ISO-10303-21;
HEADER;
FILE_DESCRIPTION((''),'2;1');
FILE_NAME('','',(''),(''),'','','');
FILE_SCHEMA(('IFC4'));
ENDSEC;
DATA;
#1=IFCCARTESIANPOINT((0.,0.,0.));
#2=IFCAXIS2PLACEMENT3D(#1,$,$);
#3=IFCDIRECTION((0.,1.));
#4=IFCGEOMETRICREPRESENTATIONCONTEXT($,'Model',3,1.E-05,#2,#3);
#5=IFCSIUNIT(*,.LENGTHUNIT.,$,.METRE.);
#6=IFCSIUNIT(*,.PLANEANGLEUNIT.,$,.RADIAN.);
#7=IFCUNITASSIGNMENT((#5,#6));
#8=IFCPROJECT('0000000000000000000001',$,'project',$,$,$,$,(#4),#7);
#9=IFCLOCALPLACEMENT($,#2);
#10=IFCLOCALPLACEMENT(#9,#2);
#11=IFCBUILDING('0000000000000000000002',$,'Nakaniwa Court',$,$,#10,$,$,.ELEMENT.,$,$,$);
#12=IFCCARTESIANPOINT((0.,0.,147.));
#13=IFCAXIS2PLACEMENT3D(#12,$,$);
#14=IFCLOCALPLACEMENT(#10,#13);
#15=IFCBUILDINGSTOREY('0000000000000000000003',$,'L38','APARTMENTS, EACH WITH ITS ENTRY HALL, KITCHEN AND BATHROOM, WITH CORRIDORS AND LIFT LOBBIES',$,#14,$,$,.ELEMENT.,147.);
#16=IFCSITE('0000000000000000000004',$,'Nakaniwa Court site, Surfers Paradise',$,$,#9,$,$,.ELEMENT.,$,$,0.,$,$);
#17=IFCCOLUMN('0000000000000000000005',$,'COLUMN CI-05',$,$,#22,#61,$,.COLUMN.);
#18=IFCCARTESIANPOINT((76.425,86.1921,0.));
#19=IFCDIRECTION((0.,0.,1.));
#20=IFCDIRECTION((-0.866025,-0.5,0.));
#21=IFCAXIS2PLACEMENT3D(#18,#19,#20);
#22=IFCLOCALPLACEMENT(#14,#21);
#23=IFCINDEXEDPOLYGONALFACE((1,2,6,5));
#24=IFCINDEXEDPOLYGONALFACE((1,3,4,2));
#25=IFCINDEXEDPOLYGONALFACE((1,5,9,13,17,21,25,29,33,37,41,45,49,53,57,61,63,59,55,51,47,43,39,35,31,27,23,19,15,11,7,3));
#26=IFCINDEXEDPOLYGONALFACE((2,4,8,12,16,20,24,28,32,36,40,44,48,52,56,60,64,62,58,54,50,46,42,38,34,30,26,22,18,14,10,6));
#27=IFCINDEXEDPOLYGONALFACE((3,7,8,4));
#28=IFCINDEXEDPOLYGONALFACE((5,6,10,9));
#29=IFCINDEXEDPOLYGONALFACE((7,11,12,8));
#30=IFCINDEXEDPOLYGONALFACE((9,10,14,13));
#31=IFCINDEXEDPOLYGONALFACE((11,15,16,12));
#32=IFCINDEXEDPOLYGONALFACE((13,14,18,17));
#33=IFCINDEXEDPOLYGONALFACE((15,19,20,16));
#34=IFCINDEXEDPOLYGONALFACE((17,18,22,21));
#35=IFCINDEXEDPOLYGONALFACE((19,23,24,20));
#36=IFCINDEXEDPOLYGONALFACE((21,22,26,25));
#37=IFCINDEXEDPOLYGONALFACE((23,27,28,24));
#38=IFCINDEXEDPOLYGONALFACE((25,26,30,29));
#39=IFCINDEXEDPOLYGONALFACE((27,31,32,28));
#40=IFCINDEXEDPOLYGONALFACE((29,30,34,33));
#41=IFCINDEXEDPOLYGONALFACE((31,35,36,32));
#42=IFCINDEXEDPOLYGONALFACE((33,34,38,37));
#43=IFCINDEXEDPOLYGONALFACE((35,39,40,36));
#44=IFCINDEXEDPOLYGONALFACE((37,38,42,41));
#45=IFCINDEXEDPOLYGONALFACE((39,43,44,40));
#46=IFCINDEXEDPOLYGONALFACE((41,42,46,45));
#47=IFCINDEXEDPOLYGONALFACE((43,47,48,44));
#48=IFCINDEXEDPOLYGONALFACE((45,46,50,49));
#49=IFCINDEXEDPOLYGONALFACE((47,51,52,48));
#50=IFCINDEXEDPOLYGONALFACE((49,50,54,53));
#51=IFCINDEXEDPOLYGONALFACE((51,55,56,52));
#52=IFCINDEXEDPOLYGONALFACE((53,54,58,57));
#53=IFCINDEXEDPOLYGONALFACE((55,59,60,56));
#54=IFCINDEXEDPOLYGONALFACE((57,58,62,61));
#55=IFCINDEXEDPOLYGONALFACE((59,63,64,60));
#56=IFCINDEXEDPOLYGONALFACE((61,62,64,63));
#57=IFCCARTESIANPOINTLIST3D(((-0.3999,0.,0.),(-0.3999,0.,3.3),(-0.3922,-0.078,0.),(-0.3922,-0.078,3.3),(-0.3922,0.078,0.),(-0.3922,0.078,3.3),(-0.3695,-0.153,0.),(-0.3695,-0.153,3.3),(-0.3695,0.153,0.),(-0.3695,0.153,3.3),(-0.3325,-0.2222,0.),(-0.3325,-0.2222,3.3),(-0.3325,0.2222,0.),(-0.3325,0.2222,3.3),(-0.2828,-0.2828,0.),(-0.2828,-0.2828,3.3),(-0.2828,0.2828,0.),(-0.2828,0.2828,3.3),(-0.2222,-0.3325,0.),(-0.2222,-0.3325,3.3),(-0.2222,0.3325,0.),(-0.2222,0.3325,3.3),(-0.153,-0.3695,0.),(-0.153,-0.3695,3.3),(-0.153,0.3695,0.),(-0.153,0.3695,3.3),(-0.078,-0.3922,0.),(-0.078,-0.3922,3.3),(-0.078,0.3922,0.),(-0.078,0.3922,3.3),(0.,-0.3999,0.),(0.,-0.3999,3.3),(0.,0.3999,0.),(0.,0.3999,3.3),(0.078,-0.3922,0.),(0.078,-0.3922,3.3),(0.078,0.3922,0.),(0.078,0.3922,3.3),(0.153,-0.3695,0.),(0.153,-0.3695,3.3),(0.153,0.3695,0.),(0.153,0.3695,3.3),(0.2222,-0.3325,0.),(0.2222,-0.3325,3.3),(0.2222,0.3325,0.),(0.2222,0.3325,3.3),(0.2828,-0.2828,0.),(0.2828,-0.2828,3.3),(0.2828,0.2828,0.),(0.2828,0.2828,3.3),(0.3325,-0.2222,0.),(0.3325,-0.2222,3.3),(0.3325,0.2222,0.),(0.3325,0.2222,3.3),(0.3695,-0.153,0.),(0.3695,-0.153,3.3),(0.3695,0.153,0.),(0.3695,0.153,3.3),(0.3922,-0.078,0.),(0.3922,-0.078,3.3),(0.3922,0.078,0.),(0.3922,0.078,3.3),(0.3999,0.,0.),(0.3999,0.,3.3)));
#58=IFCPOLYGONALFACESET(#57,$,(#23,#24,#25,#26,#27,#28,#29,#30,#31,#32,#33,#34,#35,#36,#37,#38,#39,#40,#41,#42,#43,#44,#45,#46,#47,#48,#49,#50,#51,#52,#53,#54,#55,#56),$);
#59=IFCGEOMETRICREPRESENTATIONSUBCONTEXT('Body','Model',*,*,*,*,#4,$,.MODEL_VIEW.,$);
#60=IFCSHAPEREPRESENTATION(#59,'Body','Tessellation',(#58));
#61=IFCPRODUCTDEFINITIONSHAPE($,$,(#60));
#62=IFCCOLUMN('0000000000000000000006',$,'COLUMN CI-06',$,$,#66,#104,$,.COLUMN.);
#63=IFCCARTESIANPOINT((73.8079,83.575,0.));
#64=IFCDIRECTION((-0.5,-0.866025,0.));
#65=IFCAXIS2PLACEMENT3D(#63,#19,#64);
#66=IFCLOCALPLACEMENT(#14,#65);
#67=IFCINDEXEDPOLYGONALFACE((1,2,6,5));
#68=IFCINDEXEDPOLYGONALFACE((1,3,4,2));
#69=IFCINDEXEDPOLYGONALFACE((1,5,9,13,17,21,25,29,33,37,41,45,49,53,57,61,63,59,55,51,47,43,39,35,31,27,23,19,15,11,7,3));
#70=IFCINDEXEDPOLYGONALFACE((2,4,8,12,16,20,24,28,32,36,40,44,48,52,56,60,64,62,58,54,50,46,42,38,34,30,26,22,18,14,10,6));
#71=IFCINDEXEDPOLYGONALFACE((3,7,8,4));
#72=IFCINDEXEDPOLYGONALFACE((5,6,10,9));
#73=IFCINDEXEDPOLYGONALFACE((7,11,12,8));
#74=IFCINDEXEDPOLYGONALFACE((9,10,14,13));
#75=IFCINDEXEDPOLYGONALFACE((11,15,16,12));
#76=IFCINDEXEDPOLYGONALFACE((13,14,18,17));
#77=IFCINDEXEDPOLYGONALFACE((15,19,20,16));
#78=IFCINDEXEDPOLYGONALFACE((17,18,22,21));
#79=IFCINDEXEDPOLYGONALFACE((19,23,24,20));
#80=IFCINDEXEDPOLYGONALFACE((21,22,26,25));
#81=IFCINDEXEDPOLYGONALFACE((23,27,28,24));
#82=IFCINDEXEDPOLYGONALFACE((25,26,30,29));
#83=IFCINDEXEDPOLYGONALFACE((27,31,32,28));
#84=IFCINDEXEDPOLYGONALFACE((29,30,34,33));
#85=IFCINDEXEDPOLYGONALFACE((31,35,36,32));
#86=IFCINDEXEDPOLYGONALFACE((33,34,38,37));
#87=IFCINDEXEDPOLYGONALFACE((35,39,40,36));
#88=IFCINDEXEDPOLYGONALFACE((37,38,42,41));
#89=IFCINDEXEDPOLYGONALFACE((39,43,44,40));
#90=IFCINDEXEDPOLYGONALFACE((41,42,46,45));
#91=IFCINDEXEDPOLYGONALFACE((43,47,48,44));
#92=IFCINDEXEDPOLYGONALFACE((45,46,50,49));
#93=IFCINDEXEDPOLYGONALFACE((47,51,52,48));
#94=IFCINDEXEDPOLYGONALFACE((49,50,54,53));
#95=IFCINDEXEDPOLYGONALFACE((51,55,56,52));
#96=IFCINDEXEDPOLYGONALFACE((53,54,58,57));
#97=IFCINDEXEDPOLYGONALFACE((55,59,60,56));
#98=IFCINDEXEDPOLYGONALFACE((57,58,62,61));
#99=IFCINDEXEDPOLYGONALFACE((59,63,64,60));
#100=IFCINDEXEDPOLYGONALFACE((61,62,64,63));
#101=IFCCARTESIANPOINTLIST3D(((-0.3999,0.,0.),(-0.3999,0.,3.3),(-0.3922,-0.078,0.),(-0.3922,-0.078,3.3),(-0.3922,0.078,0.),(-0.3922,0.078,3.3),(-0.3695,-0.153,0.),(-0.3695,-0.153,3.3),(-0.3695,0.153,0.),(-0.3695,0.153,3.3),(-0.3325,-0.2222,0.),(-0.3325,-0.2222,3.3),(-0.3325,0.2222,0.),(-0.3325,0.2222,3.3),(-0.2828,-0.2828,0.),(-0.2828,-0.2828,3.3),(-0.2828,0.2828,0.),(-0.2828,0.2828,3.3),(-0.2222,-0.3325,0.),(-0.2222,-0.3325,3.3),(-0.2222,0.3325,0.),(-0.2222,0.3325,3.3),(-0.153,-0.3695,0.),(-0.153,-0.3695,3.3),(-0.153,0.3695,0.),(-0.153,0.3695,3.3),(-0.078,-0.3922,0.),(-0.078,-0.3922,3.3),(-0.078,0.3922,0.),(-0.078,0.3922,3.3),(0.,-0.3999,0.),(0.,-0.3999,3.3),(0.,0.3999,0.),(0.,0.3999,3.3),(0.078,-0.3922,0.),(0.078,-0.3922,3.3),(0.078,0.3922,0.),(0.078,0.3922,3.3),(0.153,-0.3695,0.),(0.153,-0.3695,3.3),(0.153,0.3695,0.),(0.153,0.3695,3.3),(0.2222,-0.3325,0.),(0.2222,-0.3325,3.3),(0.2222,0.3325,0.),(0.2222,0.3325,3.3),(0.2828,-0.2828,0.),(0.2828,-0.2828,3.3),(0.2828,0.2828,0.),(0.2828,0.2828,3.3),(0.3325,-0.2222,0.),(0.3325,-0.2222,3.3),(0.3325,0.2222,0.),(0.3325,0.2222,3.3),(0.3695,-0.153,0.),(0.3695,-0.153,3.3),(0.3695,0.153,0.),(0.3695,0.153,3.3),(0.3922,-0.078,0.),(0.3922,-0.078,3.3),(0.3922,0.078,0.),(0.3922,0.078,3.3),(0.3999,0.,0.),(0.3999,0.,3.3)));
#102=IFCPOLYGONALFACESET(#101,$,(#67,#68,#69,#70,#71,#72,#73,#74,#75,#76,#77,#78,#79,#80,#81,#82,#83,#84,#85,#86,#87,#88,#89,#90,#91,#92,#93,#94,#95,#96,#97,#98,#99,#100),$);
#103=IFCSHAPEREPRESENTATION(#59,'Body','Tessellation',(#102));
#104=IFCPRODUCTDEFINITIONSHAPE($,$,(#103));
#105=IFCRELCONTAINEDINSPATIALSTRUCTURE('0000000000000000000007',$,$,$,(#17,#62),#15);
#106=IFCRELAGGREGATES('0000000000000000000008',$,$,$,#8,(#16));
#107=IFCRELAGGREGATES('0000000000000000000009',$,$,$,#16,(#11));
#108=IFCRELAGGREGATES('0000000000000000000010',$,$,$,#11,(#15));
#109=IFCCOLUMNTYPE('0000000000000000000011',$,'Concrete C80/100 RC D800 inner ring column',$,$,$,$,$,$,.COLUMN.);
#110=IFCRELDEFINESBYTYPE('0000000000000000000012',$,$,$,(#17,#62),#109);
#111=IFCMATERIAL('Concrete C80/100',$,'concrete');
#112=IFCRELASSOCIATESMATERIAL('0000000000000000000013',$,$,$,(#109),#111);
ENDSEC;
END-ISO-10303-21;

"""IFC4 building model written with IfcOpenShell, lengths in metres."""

from ifc_helpers import new_model, si_unit, direction, frame, origin, origin_2d, place, context, subcontext, project, spatial, circle, extrude, material, material_profile, profile_set, type_object, element, save


model = new_model("IFC4")

# Units and contexts
model_context = context("Model", 3, precision=1e-05, world=origin(), true_north=direction((0.0, 1.0)))
body_context = subcontext(model_context, "Body", "Model", "MODEL_VIEW")
ifc_project = project(units=[si_unit("LENGTHUNIT", "METRE"), si_unit("PLANEANGLEUNIT", "RADIAN")], contexts=[model_context])

# Site, building, storey
site_placement = place(None, origin())
site = spatial("IfcSite", under=ifc_project, at=site_placement, Name="Nakaniwa Court site, Surfers Paradise", CompositionType="ELEMENT", RefElevation=0.0)
building_placement = place(site_placement, origin())
building = spatial("IfcBuilding", under=site, at=building_placement, Name="Nakaniwa Court", CompositionType="ELEMENT")
storey_placement = place(building_placement, frame((0.0, 0.0, 147.0)))
storey = spatial("IfcBuildingStorey", under=building, at=storey_placement, Name="L38", Description="APARTMENTS, EACH WITH ITS ENTRY HALL, KITCHEN AND BATHROOM, WITH CORRIDORS AND LIFT LOBBIES", CompositionType="ELEMENT", Elevation=147.0)

# Columns
ifc_material_1 = material(Name="Concrete C80/100", Category="concrete")
ifc_material_profile_1 = material_profile(ifc_material_1, circle(Radius=0.3999, at=origin_2d()), Name="Concrete C80/100 RC D800 inner ring column")
ifc_profile_set_1 = profile_set([ifc_material_profile_1], Name="Concrete C80/100")
column_type_1 = type_object("IfcColumnType", Name="Concrete C80/100 RC D800 inner ring column", PredefinedType="COLUMN", material=ifc_profile_set_1)
for number, where, z_axis, x_axis, name in (
    (1, (76.425, 86.1921, 0.0), (0.0, 0.0, 1.0), (-0.866025, -0.5, 0.0), "COLUMN CI-05"),
    (2, (73.8079, 83.575, 0.0), (0.0, 0.0, 1.0), (-0.5, -0.866025, 0.0), "COLUMN CI-06"),
):
    element("IfcColumn", number, at=place(storey_placement, frame(where, z_axis=z_axis, x_axis=x_axis)), inside=storey, type_object=column_type_1, Name=name, PredefinedType="COLUMN", context=body_context, shape_type="SweptSolid", body=[
        extrude(circle(Radius=0.3999, at=origin_2d()), origin(), (0.0, 0.0, 1.0), 3.3),
    ])

save(model, "model.ifc")
